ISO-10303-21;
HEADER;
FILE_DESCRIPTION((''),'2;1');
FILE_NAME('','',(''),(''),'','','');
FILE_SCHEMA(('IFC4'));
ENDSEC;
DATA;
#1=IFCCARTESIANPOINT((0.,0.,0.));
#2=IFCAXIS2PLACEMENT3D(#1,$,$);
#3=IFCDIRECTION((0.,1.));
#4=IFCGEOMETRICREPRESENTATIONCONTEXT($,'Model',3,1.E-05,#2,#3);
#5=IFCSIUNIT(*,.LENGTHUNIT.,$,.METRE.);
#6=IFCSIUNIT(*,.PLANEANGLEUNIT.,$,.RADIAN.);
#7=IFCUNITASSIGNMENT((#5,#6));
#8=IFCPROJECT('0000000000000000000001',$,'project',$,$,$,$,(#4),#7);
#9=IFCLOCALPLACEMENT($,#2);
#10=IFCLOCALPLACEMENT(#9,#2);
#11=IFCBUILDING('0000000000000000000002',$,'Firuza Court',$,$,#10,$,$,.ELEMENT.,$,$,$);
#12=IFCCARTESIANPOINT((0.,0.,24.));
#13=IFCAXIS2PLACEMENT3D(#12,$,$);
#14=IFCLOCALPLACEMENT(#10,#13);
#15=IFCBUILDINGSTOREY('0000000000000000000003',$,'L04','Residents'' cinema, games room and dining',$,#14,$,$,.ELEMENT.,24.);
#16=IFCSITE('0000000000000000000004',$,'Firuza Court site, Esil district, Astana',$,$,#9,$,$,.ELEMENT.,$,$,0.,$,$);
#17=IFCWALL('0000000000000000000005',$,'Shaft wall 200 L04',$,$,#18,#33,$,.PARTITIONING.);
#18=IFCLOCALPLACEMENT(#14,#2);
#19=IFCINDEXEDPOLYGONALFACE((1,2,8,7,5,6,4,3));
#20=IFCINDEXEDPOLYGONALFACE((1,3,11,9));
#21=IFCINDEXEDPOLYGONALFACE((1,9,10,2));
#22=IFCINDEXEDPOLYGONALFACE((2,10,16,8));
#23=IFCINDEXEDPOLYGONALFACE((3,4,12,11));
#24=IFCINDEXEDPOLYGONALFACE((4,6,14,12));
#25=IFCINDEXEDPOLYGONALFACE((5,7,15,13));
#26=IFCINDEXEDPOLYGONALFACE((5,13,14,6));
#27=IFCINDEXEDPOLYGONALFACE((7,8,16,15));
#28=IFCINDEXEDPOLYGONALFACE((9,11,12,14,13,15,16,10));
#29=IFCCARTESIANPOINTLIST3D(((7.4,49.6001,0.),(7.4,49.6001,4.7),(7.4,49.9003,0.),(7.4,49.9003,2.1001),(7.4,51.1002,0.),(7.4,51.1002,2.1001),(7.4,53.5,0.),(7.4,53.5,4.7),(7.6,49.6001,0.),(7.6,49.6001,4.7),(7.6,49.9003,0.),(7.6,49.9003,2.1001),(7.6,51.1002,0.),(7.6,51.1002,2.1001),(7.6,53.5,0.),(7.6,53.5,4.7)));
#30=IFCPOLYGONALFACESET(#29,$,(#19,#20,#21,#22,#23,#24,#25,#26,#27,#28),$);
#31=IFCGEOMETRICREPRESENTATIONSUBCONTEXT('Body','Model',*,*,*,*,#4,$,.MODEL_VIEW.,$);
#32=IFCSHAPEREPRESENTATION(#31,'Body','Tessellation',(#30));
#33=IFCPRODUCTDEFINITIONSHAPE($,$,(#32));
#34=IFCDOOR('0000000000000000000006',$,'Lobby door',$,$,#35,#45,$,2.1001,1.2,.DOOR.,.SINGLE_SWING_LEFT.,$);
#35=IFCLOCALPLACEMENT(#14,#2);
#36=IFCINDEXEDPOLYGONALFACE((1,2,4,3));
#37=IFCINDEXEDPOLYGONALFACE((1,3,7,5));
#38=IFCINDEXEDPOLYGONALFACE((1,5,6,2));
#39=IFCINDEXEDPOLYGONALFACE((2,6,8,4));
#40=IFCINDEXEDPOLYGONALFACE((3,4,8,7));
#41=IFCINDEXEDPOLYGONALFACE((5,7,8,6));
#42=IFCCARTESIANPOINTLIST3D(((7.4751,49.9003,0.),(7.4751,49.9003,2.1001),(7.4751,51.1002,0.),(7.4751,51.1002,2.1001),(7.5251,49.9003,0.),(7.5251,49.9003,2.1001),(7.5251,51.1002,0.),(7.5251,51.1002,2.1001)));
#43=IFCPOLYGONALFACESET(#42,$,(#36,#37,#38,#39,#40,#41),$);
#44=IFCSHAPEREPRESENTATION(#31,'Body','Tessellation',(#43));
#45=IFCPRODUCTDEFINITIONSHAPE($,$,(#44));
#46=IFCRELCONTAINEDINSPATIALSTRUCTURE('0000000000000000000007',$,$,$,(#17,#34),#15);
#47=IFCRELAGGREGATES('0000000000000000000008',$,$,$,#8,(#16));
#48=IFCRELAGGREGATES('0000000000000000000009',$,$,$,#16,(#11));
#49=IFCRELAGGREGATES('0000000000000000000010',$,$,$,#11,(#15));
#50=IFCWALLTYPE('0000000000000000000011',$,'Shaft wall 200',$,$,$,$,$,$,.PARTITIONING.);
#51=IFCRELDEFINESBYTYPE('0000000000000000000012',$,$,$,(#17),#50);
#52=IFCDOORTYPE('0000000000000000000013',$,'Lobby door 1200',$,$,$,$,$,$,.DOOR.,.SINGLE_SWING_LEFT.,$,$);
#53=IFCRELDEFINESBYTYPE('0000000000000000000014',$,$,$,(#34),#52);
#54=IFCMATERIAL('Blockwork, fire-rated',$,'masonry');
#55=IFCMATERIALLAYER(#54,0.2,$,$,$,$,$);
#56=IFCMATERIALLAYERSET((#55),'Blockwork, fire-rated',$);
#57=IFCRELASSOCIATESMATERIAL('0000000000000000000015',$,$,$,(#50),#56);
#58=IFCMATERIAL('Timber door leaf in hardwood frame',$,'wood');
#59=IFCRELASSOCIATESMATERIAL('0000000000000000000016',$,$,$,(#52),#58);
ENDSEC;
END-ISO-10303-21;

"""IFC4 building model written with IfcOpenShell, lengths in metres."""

from ifc_helpers import new_model, si_unit, direction, frame, frame_2d, origin, place, context, subcontext, project, spatial, rectangle, extrude, material, layer, layer_set, type_object, element, fill, save


model = new_model("IFC4")

# Units and contexts
model_context = context("Model", 3, precision=1e-05, world=origin(), true_north=direction((0.0, 1.0)))
body_context = subcontext(model_context, "Body", "Model", "MODEL_VIEW")
ifc_project = project(units=[si_unit("LENGTHUNIT", "METRE"), si_unit("PLANEANGLEUNIT", "RADIAN")], contexts=[model_context])

# Site, building, storey
site_placement = place(None, origin())
site = spatial("IfcSite", under=ifc_project, at=site_placement, Name="Firuza Court site, Esil district, Astana", CompositionType="ELEMENT", RefElevation=0.0)
building_placement = place(site_placement, origin())
building = spatial("IfcBuilding", under=site, at=building_placement, Name="Firuza Court", CompositionType="ELEMENT")
storey_placement = place(building_placement, frame((0.0, 0.0, 24.0)))
storey = spatial("IfcBuildingStorey", under=building, at=storey_placement, Name="L04", Description="Residents' cinema, games room and dining", CompositionType="ELEMENT", Elevation=24.0)

# Shared definitions
ifc_material_1 = material(Name="Blockwork, fire-rated", Category="masonry")
ifc_layer_1 = layer(ifc_material_1, 0.2)
ifc_layer_set_1 = layer_set([ifc_layer_1], Name="Blockwork, fire-rated")
wall_type_1 = type_object("IfcWallType", Name="Shaft wall 200", PredefinedType="PARTITIONING", material=ifc_layer_set_1)
ifc_material_2 = material(Name="Timber door leaf in hardwood frame", Category="wood")
door_type_1 = type_object("IfcDoorType", Name="Lobby door 1200", OperationType="SINGLE_SWING_LEFT", PredefinedType="DOOR", material=ifc_material_2)

# Wall, opening, door
wall_1_placement = place(storey_placement, frame((7.5, 49.6001, 0.0), z_axis=(0.0, 0.0, 1.0), x_axis=(0.0, 1.0, 0.0)))
wall_1 = element("IfcWall", 1, at=wall_1_placement, inside=storey, type_object=wall_type_1, Name="Shaft wall 200 L04", PredefinedType="PARTITIONING", context=body_context, shape_type="SweptSolid", body=[
    extrude(rectangle(XDim=3.8999, YDim=0.2, at=frame_2d((1.95, 0.0))), origin(), (0.0, 0.0, 1.0), 4.7),
])
opening_1_placement = place(wall_1_placement, frame((0.3, 0.0, 0.0)))
opening_1 = element("IfcOpeningElement", 2, at=opening_1_placement, cuts=wall_1, PredefinedType="OPENING", context=body_context, shape_type="SweptSolid", body=[
    extrude(rectangle(XDim=1.2, YDim=2.1001, at=frame_2d((0.6001, 1.05))), frame((0.0, 0.1118, 0.0), z_axis=(0.0, -1.0, 0.0), x_axis=(1.0, 0.0, 0.0)), (0.0, 0.0, 1.0), 0.2239),
])
door_1_placement = place(opening_1_placement, origin())
door_1 = element("IfcDoor", 3, at=door_1_placement, inside=storey, type_object=door_type_1, Name="Lobby door", OperationType="SINGLE_SWING_LEFT", OverallHeight=2.1001, OverallWidth=1.2, PredefinedType="DOOR", context=body_context, shape_type="SweptSolid", body=[
    extrude(rectangle(XDim=1.2, YDim=2.1001, at=frame_2d((0.6001, 1.05))), frame((0.0, 0.0249, 0.0), z_axis=(0.0, -1.0, 0.0), x_axis=(1.0, 0.0, 0.0)), (0.0, 0.0, 1.0), 0.05),
])
fill(opening_1, door_1)

save(model, "model.ifc")
